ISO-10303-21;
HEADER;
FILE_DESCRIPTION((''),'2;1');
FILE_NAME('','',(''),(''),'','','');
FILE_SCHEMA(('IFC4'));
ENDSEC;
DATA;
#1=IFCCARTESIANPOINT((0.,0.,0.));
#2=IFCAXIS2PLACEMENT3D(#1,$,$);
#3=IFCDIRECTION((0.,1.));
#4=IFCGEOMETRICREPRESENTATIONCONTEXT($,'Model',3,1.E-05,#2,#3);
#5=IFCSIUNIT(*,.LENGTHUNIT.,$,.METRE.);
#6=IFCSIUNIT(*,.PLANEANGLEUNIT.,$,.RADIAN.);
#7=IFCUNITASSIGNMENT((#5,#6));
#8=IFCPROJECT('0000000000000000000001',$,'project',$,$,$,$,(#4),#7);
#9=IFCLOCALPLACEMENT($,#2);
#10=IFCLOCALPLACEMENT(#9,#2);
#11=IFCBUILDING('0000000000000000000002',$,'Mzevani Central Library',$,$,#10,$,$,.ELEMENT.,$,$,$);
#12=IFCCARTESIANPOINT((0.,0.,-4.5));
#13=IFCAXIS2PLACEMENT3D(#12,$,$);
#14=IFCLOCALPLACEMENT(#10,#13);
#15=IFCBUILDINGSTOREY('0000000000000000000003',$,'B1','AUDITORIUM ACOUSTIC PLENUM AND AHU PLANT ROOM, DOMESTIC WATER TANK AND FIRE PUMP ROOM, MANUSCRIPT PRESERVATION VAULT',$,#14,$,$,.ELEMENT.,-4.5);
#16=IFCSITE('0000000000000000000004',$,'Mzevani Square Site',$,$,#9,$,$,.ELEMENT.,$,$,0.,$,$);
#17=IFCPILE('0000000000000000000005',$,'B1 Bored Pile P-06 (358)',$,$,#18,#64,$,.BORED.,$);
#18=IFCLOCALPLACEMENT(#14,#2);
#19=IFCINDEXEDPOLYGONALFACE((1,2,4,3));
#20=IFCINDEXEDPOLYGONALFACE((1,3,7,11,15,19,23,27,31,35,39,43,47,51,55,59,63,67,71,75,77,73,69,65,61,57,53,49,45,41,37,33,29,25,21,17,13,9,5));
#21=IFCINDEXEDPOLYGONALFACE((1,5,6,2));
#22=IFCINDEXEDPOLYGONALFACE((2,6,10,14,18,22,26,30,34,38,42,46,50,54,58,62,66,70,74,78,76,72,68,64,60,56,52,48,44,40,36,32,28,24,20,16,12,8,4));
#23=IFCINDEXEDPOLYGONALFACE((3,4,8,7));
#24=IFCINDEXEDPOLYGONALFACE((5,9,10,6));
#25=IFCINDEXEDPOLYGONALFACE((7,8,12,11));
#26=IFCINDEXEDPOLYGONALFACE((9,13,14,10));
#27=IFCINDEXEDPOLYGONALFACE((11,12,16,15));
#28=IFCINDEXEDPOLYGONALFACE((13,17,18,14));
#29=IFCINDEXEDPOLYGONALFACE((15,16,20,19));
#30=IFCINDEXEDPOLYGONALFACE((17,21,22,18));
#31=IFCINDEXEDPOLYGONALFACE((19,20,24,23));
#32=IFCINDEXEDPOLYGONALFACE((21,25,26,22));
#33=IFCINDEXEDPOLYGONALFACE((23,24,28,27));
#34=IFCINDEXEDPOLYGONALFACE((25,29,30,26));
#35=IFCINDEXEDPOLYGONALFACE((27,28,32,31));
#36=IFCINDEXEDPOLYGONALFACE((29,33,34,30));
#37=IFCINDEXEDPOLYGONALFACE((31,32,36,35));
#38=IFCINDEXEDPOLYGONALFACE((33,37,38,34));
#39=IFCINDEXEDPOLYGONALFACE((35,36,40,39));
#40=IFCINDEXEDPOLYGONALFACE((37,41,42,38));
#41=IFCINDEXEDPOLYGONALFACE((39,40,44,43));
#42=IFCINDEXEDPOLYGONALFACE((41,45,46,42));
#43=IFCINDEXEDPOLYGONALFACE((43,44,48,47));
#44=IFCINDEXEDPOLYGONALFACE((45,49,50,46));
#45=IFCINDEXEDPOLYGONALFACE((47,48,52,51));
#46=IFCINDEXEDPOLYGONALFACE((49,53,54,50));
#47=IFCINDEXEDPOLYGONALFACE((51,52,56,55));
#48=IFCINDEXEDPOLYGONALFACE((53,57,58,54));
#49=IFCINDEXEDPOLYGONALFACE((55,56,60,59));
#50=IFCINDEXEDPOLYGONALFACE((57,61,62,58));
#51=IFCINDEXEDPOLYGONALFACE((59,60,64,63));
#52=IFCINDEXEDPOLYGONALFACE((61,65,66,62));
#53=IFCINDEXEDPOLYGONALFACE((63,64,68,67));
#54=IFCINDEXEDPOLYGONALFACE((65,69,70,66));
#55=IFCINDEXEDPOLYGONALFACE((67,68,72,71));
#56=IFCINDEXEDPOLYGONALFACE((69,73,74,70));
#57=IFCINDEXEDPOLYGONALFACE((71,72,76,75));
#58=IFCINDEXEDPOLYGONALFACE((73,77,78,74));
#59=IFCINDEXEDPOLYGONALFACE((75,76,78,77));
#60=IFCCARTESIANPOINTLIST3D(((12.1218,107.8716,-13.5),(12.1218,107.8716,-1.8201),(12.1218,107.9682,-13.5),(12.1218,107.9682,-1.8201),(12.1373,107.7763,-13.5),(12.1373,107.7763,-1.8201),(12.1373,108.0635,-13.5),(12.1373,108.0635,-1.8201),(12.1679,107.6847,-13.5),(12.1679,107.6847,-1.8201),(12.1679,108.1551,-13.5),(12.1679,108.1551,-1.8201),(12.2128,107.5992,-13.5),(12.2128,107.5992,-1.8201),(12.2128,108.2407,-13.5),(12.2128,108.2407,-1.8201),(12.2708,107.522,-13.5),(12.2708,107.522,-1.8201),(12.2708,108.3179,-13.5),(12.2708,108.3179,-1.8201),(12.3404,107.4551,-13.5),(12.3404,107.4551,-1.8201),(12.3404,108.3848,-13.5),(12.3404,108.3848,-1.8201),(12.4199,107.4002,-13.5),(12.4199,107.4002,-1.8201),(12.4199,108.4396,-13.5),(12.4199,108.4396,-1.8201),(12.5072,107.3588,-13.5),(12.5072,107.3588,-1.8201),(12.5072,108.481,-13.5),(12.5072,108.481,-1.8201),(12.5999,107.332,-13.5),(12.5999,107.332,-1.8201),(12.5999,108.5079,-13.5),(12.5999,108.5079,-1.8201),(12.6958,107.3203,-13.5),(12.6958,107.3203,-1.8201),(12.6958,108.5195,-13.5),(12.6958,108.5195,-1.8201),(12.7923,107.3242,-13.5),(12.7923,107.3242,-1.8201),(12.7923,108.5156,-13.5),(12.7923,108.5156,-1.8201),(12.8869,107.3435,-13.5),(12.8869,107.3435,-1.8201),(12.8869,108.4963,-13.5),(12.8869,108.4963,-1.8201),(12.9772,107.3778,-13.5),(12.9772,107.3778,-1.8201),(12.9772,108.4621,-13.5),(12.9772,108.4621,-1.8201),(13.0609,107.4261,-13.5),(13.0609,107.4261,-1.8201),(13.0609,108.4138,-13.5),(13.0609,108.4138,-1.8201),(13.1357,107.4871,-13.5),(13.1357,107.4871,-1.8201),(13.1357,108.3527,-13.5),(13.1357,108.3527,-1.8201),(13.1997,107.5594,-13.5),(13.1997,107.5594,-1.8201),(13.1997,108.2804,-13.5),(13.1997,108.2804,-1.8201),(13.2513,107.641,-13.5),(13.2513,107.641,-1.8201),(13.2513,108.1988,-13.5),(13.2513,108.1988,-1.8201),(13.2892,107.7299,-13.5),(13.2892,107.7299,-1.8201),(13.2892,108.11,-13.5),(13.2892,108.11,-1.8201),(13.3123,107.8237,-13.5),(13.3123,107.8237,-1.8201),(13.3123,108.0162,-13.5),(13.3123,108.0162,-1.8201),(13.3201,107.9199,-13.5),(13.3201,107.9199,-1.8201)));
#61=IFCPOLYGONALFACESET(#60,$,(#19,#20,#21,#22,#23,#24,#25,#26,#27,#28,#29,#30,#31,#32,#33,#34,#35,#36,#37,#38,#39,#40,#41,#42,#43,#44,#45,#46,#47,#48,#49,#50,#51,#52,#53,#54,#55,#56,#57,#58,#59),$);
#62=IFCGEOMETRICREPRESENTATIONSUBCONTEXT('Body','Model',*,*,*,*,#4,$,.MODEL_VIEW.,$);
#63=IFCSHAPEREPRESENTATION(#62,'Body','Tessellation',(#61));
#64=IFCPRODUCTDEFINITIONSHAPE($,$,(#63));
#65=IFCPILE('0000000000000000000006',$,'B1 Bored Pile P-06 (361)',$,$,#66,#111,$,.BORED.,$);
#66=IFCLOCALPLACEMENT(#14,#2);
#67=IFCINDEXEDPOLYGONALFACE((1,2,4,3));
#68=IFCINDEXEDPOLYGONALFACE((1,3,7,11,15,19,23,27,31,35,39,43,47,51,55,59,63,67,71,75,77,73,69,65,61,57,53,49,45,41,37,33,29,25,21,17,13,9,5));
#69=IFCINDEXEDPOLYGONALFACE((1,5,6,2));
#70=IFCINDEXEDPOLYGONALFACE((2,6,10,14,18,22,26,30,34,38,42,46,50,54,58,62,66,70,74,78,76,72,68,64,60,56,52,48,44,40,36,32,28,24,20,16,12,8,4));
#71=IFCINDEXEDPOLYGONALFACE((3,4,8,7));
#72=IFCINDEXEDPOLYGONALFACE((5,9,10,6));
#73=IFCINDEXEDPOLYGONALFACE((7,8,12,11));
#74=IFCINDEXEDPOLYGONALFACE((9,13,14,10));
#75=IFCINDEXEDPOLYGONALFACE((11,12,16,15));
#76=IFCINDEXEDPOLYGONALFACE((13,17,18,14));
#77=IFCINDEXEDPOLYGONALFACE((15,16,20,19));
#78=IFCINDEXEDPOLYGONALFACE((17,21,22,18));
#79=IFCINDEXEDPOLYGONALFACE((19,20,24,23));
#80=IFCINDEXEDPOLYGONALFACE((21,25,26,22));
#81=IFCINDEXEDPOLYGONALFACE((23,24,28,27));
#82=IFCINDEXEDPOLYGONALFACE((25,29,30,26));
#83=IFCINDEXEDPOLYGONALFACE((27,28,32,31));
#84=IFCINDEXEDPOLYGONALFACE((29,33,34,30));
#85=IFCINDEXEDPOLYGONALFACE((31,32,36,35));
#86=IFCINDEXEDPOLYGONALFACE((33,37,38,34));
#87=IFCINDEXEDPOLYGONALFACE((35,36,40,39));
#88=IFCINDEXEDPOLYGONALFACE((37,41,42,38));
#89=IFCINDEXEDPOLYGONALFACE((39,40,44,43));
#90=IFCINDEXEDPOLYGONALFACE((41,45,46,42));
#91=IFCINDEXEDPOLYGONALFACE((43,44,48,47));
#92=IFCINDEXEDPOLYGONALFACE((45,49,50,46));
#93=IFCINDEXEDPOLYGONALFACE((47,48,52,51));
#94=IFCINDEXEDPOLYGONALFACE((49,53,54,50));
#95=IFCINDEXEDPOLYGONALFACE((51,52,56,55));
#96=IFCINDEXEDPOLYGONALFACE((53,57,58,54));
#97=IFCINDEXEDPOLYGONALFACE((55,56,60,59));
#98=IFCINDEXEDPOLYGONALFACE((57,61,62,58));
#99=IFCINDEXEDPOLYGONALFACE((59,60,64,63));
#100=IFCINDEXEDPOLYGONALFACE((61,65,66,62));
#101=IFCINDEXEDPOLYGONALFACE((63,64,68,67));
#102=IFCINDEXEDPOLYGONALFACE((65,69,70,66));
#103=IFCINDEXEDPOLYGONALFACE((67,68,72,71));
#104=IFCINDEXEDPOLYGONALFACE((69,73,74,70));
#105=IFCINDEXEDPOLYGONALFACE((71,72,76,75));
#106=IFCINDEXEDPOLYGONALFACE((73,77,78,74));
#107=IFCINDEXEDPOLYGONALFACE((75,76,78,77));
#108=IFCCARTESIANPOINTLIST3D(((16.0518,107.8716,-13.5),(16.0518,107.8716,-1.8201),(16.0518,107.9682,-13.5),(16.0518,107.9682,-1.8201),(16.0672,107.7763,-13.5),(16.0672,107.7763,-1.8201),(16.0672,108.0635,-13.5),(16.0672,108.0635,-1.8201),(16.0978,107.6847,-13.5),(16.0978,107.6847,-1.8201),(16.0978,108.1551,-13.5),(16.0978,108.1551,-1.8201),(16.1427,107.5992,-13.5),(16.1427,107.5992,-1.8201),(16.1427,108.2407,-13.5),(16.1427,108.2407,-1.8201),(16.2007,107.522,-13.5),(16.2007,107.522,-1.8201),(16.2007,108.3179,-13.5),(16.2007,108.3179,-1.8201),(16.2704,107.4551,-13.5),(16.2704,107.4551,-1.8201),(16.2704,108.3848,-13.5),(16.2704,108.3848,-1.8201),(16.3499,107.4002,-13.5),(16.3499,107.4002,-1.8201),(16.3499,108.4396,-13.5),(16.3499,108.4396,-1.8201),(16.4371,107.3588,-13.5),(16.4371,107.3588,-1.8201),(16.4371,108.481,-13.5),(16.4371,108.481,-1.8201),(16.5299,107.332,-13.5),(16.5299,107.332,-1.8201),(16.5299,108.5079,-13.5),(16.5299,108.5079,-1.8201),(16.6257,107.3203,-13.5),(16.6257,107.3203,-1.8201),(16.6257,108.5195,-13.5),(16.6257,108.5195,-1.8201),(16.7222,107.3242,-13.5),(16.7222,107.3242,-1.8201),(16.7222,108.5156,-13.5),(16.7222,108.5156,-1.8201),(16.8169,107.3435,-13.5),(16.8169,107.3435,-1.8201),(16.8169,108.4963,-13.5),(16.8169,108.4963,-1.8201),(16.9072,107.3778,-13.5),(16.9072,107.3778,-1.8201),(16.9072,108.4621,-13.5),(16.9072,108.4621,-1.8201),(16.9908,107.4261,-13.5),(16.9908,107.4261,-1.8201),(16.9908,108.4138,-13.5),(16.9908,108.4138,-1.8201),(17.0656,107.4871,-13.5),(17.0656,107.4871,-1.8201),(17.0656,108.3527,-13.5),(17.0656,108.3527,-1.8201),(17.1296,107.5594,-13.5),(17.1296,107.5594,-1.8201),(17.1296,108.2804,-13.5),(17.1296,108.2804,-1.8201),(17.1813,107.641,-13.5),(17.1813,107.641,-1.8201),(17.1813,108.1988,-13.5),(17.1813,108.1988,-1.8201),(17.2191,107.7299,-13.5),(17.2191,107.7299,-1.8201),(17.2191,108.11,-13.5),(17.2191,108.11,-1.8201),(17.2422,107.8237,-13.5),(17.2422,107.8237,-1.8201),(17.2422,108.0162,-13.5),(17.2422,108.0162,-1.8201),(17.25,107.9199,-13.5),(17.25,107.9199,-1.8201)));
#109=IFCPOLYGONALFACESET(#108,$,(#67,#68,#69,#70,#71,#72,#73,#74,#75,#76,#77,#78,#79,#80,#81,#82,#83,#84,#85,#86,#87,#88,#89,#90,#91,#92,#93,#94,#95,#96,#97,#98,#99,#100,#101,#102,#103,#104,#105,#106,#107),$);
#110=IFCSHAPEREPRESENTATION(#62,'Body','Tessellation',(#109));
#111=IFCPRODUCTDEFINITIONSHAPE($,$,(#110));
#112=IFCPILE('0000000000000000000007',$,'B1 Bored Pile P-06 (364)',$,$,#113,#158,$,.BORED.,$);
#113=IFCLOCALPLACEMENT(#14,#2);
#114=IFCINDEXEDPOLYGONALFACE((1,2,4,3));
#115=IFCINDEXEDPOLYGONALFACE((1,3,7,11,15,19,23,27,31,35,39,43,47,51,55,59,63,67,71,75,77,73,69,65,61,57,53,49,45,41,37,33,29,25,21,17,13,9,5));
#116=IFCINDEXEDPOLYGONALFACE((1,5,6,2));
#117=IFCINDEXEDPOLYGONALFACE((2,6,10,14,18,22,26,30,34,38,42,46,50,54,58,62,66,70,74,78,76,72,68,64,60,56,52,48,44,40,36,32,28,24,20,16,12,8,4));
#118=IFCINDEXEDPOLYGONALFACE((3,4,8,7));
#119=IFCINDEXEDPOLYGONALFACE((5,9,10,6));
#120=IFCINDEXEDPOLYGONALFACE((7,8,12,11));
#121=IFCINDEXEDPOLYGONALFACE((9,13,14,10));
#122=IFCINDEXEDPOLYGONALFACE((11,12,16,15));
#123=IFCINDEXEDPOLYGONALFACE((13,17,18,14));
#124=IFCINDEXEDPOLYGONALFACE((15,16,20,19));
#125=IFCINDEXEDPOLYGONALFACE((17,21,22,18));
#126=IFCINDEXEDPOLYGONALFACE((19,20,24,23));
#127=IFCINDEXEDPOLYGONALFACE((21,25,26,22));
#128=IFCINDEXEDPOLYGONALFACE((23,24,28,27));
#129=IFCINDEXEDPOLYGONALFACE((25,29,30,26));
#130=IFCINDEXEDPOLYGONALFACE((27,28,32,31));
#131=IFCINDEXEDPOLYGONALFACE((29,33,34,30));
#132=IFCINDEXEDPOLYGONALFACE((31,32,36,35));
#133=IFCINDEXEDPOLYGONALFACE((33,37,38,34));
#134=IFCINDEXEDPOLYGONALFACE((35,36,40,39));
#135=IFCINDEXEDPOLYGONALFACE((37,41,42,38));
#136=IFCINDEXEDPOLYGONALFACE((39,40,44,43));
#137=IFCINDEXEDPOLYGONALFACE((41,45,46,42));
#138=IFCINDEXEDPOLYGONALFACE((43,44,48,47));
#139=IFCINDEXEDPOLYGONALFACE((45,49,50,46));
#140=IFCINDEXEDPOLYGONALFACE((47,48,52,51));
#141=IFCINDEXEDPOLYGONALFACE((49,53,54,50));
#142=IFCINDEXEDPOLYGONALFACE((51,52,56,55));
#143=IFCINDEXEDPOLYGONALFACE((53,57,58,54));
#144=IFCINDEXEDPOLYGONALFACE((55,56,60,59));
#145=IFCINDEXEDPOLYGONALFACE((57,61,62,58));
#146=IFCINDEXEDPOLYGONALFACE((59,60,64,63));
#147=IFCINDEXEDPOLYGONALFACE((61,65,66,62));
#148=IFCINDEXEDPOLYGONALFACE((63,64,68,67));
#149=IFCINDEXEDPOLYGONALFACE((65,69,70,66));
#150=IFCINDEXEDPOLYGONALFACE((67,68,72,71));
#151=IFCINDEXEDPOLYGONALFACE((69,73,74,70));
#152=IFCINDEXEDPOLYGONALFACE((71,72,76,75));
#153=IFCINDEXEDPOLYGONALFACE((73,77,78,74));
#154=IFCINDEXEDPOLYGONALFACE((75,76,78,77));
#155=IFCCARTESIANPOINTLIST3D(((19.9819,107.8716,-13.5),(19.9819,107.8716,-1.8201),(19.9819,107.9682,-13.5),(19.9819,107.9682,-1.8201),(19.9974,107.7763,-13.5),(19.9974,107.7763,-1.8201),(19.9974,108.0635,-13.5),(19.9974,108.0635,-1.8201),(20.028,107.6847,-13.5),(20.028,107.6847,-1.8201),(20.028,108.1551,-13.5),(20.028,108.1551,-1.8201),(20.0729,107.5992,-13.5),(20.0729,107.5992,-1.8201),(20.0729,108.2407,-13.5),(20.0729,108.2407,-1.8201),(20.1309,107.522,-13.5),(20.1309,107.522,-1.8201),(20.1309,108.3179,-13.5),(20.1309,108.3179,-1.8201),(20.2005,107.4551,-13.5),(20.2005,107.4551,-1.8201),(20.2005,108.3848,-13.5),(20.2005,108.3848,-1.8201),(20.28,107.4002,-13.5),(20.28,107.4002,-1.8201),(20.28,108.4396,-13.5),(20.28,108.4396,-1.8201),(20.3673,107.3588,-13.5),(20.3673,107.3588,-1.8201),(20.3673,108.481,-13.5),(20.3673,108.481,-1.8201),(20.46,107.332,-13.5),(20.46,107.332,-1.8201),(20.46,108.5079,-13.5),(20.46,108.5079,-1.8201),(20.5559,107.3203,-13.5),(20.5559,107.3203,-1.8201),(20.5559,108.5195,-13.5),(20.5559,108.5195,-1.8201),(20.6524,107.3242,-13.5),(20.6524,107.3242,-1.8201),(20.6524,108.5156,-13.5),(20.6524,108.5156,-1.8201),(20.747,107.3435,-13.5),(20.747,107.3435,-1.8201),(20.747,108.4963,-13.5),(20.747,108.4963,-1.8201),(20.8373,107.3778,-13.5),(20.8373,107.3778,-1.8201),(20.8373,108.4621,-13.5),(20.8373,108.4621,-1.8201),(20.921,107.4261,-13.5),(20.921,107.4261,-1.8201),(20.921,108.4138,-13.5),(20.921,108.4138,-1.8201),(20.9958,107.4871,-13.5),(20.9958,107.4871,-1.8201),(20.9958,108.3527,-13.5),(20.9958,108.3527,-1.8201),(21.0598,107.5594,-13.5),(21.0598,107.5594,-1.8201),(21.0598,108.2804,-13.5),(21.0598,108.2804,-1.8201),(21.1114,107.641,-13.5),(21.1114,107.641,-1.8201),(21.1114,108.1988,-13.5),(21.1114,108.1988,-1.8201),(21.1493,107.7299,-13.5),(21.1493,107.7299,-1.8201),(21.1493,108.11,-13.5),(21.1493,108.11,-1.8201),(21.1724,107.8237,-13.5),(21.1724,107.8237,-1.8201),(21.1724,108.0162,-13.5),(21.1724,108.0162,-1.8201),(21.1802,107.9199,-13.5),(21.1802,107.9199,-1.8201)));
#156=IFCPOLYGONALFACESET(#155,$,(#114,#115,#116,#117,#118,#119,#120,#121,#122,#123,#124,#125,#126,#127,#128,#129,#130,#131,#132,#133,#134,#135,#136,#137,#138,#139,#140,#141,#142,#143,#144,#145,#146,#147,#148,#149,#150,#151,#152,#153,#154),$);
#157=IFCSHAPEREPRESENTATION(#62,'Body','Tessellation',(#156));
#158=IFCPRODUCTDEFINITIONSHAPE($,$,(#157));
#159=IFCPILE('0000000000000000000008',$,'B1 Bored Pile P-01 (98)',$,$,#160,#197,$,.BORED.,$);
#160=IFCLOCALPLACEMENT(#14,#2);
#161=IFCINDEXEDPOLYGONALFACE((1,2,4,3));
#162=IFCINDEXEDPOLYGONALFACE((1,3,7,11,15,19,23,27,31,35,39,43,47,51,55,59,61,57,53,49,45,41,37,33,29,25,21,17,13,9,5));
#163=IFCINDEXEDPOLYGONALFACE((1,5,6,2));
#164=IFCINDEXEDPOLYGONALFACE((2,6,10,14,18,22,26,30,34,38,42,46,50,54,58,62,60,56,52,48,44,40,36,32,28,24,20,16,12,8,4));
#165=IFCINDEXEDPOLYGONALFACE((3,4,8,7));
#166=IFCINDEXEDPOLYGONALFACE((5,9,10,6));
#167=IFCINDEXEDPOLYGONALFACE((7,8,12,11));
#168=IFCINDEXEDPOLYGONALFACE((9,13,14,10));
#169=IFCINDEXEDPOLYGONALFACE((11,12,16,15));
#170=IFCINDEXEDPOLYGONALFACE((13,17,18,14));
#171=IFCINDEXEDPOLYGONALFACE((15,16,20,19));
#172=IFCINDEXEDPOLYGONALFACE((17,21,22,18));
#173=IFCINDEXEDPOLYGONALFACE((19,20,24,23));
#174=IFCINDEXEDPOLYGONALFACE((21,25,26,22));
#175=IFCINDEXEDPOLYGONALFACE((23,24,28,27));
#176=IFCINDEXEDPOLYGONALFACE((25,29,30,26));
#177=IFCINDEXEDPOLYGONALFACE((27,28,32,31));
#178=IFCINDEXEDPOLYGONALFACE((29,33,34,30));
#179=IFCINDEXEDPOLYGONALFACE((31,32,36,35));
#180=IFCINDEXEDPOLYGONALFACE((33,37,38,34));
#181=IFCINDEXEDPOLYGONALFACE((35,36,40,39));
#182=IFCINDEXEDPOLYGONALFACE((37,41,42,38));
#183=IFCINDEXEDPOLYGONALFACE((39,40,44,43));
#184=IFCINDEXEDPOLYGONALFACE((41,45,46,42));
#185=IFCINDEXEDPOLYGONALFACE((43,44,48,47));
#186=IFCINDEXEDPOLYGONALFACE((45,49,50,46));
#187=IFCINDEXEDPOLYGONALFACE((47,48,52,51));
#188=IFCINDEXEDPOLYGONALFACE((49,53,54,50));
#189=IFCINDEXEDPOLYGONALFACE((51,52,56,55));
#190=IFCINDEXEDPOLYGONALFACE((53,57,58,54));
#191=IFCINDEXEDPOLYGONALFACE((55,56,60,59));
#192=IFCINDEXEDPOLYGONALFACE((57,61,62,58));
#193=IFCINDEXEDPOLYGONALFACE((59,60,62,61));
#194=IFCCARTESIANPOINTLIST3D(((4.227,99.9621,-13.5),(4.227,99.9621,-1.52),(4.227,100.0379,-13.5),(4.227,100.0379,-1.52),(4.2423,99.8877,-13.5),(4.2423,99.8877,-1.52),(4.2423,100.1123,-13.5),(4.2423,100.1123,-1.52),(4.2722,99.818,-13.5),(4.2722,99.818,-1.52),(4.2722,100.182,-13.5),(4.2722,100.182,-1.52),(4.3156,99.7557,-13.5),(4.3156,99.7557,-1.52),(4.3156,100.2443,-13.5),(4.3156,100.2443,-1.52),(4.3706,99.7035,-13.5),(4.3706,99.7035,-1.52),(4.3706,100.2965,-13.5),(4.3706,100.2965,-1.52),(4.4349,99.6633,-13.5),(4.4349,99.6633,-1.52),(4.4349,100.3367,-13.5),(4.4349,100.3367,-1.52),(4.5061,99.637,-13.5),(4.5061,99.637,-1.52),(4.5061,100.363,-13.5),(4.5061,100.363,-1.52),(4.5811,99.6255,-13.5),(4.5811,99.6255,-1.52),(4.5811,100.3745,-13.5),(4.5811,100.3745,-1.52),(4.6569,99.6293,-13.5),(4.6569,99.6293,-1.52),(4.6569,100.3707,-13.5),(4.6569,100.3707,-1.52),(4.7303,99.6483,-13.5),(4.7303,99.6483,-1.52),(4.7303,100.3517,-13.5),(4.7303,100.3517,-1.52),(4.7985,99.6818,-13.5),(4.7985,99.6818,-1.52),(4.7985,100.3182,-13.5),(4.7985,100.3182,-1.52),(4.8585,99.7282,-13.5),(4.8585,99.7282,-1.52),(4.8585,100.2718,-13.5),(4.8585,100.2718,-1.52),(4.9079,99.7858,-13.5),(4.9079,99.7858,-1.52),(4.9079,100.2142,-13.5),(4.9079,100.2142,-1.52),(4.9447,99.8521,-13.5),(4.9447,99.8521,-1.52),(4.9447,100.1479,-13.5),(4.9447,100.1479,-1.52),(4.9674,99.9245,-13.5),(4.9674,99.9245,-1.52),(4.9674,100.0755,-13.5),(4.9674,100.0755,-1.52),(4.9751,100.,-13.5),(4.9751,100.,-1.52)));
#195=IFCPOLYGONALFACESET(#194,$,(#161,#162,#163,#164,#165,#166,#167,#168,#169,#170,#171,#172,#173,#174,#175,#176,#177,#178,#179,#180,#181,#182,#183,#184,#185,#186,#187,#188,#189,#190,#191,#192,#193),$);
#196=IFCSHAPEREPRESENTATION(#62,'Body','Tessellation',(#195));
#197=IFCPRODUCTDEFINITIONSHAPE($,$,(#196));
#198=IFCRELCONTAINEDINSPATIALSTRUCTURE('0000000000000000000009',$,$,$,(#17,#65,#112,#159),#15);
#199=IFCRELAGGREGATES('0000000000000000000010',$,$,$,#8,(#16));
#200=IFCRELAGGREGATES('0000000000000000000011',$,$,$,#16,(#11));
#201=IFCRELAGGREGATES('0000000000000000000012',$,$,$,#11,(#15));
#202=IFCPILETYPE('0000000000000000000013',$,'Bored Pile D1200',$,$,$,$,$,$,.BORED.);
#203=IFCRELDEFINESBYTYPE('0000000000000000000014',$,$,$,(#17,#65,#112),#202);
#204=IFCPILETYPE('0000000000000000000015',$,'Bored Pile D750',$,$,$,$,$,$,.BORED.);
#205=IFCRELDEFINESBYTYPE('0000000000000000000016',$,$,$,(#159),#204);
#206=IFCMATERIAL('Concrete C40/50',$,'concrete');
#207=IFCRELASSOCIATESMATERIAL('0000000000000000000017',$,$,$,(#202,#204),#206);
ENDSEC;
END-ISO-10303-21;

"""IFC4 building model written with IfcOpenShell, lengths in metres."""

from ifc_helpers import new_model, si_unit, direction, frame, origin, origin_2d, place, context, subcontext, project, spatial, circle, extrude, material, material_profile, profile_set, type_object, element, save


model = new_model("IFC4")

# Units and contexts
model_context = context("Model", 3, precision=1e-05, world=origin(), true_north=direction((0.0, 1.0)))
body_context = subcontext(model_context, "Body", "Model", "MODEL_VIEW")
ifc_project = project(units=[si_unit("LENGTHUNIT", "METRE"), si_unit("PLANEANGLEUNIT", "RADIAN")], contexts=[model_context])

# Site, building, storey
site_placement = place(None, origin())
site = spatial("IfcSite", under=ifc_project, at=site_placement, Name="Mzevani Square Site", CompositionType="ELEMENT", RefElevation=0.0)
building_placement = place(site_placement, origin())
building = spatial("IfcBuilding", under=site, at=building_placement, Name="Mzevani Central Library", CompositionType="ELEMENT")
storey_placement = place(building_placement, frame((0.0, 0.0, -4.5)))
storey = spatial("IfcBuildingStorey", under=building, at=storey_placement, Name="B1", Description="AUDITORIUM ACOUSTIC PLENUM AND AHU PLANT ROOM, DOMESTIC WATER TANK AND FIRE PUMP ROOM, MANUSCRIPT PRESERVATION VAULT", CompositionType="ELEMENT", Elevation=-4.5)

# Piles
ifc_material_1 = material(Name="Concrete C40/50", Category="concrete")
ifc_material_profile_1 = material_profile(ifc_material_1, circle(Radius=0.6001, at=origin_2d()), Name="PILE D1200")
ifc_profile_set_1 = profile_set([ifc_material_profile_1], Name="Concrete C40/50")
pile_type_1 = type_object("IfcPileType", Name="Bored Pile D1200", PredefinedType="BORED", material=ifc_profile_set_1)
for number, where, z_axis, x_axis, name in (
    (1, (12.72, 107.9199, -1.8201), (0.0, 0.0, -1.0), (1.0, 0.0, 0.0), "B1 Bored Pile P-06 (358)"),
    (2, (16.6499, 107.9199, -1.8201), (0.0, 0.0, -1.0), (1.0, 0.0, 0.0), "B1 Bored Pile P-06 (361)"),
    (3, (20.5801, 107.9199, -1.8201), (0.0, 0.0, -1.0), (1.0, 0.0, 0.0), "B1 Bored Pile P-06 (364)"),
):
    element("IfcPile", number, at=place(storey_placement, frame(where, z_axis=z_axis, x_axis=x_axis)), inside=storey, type_object=pile_type_1, Name=name, PredefinedType="BORED", context=body_context, shape_type="SweptSolid", body=[
        extrude(circle(Radius=0.6001, at=origin_2d()), origin(), (0.0, 0.0, 1.0), 11.6799),
    ])
ifc_material_profile_2 = material_profile(ifc_material_1, circle(Radius=0.375, at=origin_2d()), Name="PILE D750")
ifc_profile_set_2 = profile_set([ifc_material_profile_2], Name="Concrete C40/50")
pile_type_2 = type_object("IfcPileType", Name="Bored Pile D750", PredefinedType="BORED", material=ifc_profile_set_2)
pile_1_placement = place(storey_placement, frame((4.6001, 100.0, -1.52), z_axis=(0.0, 0.0, -1.0), x_axis=(1.0, 0.0, 0.0)))
element("IfcPile", 4, at=pile_1_placement, inside=storey, type_object=pile_type_2, Name="B1 Bored Pile P-01 (98)", PredefinedType="BORED", context=body_context, shape_type="SweptSolid", body=[
    extrude(circle(Radius=0.375, at=origin_2d()), origin(), (0.0, 0.0, 1.0), 11.98),
])

save(model, "model.ifc")
